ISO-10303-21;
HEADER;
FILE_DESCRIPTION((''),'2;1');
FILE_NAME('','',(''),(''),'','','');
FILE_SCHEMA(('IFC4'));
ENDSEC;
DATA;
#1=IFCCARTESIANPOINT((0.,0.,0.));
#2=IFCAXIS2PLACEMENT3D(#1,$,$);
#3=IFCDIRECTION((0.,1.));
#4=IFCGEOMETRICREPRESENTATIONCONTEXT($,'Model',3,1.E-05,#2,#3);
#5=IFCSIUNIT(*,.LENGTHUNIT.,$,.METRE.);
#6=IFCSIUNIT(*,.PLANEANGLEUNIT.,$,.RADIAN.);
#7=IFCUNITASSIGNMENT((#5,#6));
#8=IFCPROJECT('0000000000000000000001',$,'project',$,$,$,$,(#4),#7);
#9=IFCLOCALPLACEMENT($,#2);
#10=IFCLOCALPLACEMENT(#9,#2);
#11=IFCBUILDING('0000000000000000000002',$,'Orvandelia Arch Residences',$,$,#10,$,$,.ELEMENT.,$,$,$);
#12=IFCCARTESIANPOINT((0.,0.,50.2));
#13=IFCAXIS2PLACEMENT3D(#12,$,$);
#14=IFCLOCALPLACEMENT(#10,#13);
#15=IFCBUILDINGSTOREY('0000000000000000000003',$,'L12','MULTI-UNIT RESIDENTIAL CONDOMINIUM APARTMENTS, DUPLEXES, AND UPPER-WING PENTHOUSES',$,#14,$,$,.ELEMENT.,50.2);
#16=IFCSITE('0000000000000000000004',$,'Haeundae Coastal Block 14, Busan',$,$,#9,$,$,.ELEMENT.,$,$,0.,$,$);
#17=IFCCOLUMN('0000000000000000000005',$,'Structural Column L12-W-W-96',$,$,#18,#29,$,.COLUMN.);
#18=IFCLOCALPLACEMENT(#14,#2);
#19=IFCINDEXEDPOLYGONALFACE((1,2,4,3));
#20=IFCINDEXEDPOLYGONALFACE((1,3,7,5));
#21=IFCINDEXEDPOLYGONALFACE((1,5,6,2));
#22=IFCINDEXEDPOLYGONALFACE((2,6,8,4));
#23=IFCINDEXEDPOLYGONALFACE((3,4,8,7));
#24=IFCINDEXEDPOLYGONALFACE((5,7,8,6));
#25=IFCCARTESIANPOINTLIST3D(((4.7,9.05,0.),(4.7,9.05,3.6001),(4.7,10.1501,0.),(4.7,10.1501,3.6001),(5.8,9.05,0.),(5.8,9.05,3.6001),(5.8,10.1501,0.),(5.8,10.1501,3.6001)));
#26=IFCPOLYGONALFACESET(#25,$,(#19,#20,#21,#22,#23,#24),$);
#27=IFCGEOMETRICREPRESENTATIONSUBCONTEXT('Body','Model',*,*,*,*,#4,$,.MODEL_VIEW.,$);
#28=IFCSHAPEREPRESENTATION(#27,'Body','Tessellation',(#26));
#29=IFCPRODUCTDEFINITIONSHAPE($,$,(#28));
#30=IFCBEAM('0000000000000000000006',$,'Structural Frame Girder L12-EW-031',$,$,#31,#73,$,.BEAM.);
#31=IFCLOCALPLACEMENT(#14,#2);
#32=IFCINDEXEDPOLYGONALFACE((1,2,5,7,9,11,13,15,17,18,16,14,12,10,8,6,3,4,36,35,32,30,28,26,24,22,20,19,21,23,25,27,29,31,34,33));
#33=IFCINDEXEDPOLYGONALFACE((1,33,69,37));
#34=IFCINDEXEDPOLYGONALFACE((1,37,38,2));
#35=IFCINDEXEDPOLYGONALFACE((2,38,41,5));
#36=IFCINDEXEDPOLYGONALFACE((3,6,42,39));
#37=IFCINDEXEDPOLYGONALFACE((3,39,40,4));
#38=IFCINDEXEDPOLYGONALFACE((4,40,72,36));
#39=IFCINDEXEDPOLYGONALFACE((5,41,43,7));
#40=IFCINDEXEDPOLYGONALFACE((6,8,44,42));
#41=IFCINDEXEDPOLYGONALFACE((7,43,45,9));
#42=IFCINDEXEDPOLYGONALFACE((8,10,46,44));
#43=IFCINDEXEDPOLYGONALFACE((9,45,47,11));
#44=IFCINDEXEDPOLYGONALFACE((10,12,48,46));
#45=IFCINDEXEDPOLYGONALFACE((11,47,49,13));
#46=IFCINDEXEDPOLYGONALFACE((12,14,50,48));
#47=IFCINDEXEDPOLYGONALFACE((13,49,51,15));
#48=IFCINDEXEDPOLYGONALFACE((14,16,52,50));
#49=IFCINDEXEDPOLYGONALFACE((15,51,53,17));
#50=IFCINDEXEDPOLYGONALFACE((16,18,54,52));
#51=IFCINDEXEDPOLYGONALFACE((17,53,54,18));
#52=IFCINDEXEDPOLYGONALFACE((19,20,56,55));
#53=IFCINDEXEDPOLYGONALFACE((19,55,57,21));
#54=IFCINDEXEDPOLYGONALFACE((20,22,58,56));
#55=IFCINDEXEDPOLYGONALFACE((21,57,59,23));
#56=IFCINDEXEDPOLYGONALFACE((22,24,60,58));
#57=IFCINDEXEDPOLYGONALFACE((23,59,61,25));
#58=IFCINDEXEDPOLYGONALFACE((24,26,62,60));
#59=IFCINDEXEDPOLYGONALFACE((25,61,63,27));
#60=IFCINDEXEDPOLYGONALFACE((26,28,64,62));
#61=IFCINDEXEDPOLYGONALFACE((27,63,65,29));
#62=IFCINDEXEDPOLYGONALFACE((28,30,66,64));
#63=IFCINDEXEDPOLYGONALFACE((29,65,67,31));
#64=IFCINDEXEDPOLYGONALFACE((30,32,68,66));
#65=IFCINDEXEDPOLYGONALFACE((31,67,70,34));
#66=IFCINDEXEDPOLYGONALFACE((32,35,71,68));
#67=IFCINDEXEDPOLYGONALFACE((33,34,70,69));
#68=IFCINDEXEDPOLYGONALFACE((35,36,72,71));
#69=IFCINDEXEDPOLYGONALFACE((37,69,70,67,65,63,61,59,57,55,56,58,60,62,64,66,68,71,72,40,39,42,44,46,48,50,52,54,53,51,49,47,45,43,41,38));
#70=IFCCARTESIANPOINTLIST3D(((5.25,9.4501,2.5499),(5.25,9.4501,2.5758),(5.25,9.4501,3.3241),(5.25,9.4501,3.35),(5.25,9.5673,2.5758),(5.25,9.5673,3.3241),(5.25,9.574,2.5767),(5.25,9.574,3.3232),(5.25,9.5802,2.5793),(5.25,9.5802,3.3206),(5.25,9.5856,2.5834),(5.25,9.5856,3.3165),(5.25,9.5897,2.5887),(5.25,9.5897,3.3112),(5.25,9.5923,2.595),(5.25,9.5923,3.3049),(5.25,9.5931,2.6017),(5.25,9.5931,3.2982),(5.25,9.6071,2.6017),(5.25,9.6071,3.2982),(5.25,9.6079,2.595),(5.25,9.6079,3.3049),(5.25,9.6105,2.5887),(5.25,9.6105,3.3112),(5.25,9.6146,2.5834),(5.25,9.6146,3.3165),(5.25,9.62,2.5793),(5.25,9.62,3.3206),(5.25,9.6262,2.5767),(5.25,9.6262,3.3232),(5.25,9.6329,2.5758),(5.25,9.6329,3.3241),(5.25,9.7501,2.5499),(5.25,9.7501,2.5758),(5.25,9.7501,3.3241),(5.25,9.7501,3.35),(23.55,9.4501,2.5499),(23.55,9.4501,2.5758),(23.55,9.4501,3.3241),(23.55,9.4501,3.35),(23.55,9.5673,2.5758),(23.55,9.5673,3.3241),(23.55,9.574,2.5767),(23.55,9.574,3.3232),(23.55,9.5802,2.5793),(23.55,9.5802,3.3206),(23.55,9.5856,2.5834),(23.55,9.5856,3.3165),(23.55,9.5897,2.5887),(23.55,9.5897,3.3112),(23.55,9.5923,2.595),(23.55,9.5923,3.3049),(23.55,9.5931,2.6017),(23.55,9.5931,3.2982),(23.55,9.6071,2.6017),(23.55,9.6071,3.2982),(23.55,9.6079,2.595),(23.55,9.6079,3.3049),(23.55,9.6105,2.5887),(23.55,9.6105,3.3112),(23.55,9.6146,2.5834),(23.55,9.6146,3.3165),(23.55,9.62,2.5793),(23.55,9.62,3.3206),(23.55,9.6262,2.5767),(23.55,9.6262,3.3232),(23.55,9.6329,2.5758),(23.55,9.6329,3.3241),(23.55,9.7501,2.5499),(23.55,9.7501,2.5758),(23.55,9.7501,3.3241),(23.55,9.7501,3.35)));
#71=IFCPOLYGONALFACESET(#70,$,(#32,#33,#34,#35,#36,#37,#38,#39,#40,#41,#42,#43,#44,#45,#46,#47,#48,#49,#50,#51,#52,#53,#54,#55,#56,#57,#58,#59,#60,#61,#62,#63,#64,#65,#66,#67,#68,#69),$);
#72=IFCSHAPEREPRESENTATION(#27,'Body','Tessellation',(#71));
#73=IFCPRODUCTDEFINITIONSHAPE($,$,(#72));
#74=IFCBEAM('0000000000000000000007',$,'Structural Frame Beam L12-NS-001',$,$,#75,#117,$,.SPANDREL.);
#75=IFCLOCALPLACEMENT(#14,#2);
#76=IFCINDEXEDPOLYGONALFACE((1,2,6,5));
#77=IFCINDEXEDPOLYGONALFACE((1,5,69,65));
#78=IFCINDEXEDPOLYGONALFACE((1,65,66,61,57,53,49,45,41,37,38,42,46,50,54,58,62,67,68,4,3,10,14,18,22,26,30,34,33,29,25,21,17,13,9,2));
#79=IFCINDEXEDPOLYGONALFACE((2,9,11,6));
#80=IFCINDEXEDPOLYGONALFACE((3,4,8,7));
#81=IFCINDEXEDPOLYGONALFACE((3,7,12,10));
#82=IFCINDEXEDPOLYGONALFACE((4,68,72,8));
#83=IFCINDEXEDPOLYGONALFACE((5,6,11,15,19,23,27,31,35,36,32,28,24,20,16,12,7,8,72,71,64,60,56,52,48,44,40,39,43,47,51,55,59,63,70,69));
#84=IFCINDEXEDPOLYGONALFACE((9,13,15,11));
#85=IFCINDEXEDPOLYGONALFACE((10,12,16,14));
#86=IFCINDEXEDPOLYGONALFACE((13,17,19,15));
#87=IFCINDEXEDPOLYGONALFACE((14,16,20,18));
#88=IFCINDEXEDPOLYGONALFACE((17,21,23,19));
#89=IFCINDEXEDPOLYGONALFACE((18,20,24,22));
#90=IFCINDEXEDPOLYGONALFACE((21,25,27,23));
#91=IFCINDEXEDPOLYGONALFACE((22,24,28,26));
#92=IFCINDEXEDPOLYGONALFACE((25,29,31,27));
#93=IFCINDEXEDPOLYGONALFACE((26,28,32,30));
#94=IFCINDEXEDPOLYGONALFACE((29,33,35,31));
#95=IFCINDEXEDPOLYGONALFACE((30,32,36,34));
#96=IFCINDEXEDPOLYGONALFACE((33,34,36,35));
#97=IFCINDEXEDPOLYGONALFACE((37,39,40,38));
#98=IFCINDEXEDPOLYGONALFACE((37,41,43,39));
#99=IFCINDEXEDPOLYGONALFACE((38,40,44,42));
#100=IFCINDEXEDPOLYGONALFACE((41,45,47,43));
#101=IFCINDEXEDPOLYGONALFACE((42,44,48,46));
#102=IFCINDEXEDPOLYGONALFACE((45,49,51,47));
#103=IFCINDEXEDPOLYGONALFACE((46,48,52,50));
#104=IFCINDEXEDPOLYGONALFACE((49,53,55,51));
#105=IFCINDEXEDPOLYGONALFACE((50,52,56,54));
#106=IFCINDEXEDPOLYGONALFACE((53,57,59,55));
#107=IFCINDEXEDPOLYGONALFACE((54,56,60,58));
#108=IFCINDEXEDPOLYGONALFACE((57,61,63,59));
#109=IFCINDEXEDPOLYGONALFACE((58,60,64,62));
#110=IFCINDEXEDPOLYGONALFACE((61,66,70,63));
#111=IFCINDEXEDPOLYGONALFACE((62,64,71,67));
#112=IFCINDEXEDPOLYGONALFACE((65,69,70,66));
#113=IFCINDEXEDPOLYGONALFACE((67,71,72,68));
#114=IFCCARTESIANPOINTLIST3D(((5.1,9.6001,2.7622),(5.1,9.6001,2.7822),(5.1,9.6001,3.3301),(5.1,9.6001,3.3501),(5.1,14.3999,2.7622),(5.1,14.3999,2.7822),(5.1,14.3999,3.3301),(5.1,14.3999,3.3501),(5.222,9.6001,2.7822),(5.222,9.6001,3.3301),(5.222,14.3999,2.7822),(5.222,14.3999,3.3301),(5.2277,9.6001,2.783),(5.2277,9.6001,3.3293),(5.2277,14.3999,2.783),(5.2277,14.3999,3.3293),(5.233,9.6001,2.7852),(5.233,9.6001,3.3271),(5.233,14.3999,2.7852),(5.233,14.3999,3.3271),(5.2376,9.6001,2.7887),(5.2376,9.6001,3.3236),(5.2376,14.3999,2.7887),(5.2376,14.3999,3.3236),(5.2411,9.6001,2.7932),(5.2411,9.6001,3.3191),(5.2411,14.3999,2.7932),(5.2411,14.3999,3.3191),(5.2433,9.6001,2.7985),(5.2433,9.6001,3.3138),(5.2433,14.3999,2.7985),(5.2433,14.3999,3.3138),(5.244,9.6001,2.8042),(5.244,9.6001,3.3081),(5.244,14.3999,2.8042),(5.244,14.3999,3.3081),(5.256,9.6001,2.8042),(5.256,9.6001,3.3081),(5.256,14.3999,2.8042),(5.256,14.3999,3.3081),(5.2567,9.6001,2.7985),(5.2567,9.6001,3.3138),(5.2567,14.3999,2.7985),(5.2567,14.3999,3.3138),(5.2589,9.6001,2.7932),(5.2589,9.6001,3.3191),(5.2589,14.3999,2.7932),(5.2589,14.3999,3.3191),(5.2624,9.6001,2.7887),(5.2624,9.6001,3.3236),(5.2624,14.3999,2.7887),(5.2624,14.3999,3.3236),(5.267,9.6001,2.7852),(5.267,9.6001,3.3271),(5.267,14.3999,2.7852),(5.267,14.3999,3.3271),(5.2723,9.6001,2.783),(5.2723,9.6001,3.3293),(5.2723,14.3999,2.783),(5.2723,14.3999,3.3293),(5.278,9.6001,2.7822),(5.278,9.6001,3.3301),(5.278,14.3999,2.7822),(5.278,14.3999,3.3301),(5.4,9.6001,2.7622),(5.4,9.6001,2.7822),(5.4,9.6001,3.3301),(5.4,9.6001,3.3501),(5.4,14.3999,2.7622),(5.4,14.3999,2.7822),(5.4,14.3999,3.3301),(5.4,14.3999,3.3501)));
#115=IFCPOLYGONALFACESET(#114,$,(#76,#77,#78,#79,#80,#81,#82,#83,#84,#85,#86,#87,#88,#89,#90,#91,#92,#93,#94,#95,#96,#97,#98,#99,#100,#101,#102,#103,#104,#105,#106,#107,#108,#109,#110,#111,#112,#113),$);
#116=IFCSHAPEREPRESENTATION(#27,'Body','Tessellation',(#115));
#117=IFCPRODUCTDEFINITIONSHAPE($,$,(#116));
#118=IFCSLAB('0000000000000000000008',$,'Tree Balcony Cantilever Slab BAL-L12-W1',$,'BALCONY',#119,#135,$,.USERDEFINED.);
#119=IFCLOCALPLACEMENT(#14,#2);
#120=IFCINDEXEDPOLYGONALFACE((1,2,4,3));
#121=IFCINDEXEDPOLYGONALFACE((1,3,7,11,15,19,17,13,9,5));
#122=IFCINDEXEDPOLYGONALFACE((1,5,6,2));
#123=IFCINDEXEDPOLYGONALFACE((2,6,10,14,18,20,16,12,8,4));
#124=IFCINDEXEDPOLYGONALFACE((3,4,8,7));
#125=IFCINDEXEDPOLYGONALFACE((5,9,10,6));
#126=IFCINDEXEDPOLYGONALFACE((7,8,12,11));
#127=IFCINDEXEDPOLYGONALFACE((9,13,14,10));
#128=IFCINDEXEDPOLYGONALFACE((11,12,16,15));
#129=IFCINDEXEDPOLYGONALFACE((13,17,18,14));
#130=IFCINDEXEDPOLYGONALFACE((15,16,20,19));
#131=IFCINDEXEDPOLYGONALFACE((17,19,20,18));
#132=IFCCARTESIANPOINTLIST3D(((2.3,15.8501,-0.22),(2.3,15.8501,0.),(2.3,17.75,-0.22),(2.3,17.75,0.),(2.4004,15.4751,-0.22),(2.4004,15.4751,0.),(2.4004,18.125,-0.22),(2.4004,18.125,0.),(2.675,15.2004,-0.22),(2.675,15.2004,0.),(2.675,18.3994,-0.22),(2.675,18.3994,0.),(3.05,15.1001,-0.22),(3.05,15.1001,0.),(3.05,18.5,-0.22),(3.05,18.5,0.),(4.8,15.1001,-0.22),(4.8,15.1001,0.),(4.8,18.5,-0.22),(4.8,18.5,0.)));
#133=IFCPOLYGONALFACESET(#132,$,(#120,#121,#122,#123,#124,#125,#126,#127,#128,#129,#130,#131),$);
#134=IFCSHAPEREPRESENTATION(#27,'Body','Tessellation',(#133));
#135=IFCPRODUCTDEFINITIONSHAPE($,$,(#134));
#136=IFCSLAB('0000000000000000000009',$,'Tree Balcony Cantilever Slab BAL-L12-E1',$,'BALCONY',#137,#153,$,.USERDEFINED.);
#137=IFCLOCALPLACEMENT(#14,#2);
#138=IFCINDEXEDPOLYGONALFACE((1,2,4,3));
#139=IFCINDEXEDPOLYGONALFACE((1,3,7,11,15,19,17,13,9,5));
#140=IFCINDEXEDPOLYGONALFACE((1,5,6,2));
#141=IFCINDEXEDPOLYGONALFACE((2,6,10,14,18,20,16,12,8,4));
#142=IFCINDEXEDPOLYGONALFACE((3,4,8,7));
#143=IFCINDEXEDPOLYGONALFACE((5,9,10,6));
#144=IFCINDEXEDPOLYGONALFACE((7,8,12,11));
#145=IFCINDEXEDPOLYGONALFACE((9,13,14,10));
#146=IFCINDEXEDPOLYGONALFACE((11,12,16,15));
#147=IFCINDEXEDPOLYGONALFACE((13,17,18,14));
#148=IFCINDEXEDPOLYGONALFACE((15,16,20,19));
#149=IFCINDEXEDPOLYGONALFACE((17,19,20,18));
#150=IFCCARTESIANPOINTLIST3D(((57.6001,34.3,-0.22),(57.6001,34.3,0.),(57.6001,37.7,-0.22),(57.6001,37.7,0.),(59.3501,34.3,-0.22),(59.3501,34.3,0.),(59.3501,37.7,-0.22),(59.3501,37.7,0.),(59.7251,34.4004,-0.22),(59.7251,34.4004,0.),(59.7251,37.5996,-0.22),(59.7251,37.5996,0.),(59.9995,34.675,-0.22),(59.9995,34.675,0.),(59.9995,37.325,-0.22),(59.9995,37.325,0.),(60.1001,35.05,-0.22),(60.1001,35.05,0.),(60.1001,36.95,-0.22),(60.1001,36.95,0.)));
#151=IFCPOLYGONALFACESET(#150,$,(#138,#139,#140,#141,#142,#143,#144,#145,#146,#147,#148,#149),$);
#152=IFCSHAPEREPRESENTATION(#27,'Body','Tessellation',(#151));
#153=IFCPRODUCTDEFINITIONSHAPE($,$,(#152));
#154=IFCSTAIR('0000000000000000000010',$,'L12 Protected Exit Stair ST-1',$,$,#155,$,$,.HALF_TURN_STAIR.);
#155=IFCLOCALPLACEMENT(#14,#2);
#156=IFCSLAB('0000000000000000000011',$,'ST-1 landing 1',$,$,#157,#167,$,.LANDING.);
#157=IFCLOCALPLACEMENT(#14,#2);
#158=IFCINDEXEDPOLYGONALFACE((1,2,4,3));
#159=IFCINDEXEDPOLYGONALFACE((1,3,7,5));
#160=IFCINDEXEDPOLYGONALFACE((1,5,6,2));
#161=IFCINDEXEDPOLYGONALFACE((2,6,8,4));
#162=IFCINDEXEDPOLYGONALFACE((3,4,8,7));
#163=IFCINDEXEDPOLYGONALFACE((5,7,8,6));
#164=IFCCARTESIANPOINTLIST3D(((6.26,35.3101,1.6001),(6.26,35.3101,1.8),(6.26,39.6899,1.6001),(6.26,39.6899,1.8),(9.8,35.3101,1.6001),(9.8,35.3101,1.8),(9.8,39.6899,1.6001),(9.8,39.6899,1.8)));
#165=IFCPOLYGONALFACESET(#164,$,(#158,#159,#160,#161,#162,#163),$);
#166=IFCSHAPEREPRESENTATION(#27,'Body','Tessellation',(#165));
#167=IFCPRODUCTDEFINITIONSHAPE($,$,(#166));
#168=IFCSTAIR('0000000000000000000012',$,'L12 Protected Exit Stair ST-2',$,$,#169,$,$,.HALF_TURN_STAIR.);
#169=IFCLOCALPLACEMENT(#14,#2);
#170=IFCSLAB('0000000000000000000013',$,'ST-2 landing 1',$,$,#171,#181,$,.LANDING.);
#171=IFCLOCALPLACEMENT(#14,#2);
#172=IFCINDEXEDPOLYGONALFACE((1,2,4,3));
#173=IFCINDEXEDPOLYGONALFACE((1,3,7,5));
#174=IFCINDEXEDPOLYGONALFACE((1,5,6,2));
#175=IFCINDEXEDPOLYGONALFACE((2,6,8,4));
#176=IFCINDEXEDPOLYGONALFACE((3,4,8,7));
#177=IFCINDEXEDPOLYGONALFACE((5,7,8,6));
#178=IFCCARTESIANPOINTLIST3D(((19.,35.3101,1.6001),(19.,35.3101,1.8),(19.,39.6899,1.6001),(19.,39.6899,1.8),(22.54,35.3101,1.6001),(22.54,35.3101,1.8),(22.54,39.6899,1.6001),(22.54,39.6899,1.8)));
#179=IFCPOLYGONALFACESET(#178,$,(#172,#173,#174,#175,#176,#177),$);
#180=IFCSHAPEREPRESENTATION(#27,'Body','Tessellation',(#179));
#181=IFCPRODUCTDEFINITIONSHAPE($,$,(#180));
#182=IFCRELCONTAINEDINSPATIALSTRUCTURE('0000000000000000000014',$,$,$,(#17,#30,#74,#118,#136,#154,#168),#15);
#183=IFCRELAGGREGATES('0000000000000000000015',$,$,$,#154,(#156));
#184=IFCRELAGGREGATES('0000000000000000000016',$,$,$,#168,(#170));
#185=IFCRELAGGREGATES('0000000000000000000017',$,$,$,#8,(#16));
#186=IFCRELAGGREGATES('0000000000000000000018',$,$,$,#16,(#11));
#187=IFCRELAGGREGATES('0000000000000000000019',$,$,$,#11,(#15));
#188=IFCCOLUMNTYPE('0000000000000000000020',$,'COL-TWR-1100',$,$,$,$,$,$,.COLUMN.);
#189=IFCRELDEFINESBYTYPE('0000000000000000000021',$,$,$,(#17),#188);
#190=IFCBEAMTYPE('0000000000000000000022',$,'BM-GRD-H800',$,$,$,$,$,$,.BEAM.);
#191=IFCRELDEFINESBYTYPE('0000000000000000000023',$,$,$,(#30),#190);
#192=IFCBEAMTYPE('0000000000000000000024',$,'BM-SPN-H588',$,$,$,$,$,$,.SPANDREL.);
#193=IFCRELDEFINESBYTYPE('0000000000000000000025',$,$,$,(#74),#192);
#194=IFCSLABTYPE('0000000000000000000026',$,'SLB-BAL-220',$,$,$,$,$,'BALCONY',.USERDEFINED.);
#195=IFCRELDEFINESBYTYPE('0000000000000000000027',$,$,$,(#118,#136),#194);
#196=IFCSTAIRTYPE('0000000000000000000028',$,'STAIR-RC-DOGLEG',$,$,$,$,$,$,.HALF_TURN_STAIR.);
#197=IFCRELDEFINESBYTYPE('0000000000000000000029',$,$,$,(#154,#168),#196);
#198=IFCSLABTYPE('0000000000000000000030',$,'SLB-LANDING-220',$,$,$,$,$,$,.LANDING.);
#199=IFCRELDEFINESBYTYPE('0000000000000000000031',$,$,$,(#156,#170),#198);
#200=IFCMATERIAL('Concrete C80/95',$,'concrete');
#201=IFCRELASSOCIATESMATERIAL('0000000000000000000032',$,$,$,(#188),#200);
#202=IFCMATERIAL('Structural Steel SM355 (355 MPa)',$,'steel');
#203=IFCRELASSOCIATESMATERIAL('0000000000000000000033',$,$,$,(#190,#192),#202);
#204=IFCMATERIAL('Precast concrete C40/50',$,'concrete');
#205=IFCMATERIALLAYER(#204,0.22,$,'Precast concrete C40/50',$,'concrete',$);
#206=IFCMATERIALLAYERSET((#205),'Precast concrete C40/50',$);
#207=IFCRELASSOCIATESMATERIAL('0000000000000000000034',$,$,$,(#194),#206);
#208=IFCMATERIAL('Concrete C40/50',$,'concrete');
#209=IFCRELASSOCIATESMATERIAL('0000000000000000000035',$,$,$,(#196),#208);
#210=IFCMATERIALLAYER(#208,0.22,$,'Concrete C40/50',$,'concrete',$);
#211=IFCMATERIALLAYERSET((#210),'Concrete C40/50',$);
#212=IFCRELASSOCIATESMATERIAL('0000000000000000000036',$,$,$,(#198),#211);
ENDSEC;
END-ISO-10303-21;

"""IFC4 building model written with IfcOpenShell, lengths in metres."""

from ifc_helpers import new_model, si_unit, direction, frame, origin, origin_2d, place, context, subcontext, project, spatial, polyline, rectangle, i_section, outline, extrude, material, layer, layer_set, material_profile, profile_set, type_object, element, aggregate, save


model = new_model("IFC4")

# Units and contexts
model_context = context("Model", 3, precision=1e-05, world=origin(), true_north=direction((0.0, 1.0)))
body_context = subcontext(model_context, "Body", "Model", "MODEL_VIEW")
ifc_project = project(units=[si_unit("LENGTHUNIT", "METRE"), si_unit("PLANEANGLEUNIT", "RADIAN")], contexts=[model_context])

# Site, building, storey
site_placement = place(None, origin())
site = spatial("IfcSite", under=ifc_project, at=site_placement, Name="Haeundae Coastal Block 14, Busan", CompositionType="ELEMENT", RefElevation=0.0)
building_placement = place(site_placement, origin())
building = spatial("IfcBuilding", under=site, at=building_placement, Name="Orvandelia Arch Residences", CompositionType="ELEMENT")
storey_placement = place(building_placement, frame((0.0, 0.0, 50.2)))
storey = spatial("IfcBuildingStorey", under=building, at=storey_placement, Name="L12", Description="MULTI-UNIT RESIDENTIAL CONDOMINIUM APARTMENTS, DUPLEXES, AND UPPER-WING PENTHOUSES", CompositionType="ELEMENT", Elevation=50.2)

# Column
ifc_material_1 = material(Name="Concrete C80/95", Category="concrete")
ifc_material_profile_1 = material_profile(ifc_material_1, rectangle(XDim=1.1001, YDim=1.1001, at=origin_2d()), Name="Concrete C80/95", Category="concrete")
ifc_profile_set_1 = profile_set([ifc_material_profile_1], Name="Concrete C80/95")
column_type = type_object("IfcColumnType", Name="COL-TWR-1100", PredefinedType="COLUMN", material=ifc_profile_set_1)
column_placement = place(storey_placement, frame((5.25, 9.6001, 0.0), z_axis=(0.0, 0.0, 1.0), x_axis=(1.0, 0.0, 0.0)))
element("IfcColumn", 1, at=column_placement, inside=storey, type_object=column_type, Name="Structural Column L12-W-W-96", PredefinedType="COLUMN", context=body_context, shape_type="SweptSolid", body=[
    extrude(rectangle(XDim=1.1001, YDim=1.1001, at=origin_2d()), origin(), (0.0, 0.0, 1.0), 3.6001),
])

# Beams
ifc_material_2 = material(Name="Structural Steel SM355 (355 MPa)", Category="steel")
ifc_material_profile_2 = material_profile(ifc_material_2, i_section(OverallWidth=0.3, OverallDepth=0.8, WebThickness=0.0139, FlangeThickness=0.0259, FilletRadius=0.0259, at=origin_2d()), Name="Structural Steel SM355 (355 MPa)", Category="steel")
ifc_profile_set_2 = profile_set([ifc_material_profile_2], Name="Structural Steel SM355 (355 MPa)")
beam_type_1 = type_object("IfcBeamType", Name="BM-GRD-H800", PredefinedType="BEAM", material=ifc_profile_set_2)
beam_1_placement = place(storey_placement, frame((5.25, 9.6001, 2.95), z_axis=(1.0, 0.0, 0.0), x_axis=(0.0, 1.0, 0.0)))
element("IfcBeam", 2, at=beam_1_placement, inside=storey, type_object=beam_type_1, Name="Structural Frame Girder L12-EW-031", PredefinedType="BEAM", context=body_context, shape_type="SweptSolid", body=[
    extrude(i_section(OverallWidth=0.3, OverallDepth=0.8, WebThickness=0.0139, FlangeThickness=0.0259, FilletRadius=0.0259, at=origin_2d()), origin(), (0.0, 0.0, 1.0), 18.3),
])
ifc_material_profile_3 = material_profile(ifc_material_2, i_section(OverallWidth=0.3, OverallDepth=0.5879, WebThickness=0.012, FlangeThickness=0.02, FilletRadius=0.022, at=origin_2d()), Name="Structural Steel SM355 (355 MPa)", Category="steel")
ifc_profile_set_3 = profile_set([ifc_material_profile_3], Name="Structural Steel SM355 (355 MPa)")
beam_type_2 = type_object("IfcBeamType", Name="BM-SPN-H588", PredefinedType="SPANDREL", material=ifc_profile_set_3)
beam_2_placement = place(storey_placement, frame((5.25, 9.6001, 3.0562), z_axis=(0.0, 1.0, 0.0), x_axis=(-1.0, 0.0, 0.0)))
element("IfcBeam", 3, at=beam_2_placement, inside=storey, type_object=beam_type_2, Name="Structural Frame Beam L12-NS-001", PredefinedType="SPANDREL", context=body_context, shape_type="SweptSolid", body=[
    extrude(i_section(OverallWidth=0.3, OverallDepth=0.5879, WebThickness=0.012, FlangeThickness=0.02, FilletRadius=0.022, at=origin_2d()), origin(), (0.0, 0.0, 1.0), 4.7998),
])

# Slabs
ifc_material_3 = material(Name="Precast concrete C40/50", Category="concrete")
ifc_layer_1 = layer(ifc_material_3, 0.22, Name="Precast concrete C40/50", Category="concrete")
ifc_layer_set_1 = layer_set([ifc_layer_1], Name="Precast concrete C40/50")
slab_type_1 = type_object("IfcSlabType", Name="SLB-BAL-220", ElementType="BALCONY", PredefinedType="USERDEFINED", material=ifc_layer_set_1)
slab_1_placement = place(storey_placement, frame((0.0, 0.0, -0.22)))
element("IfcSlab", 4, at=slab_1_placement, inside=storey, type_object=slab_type_1, Name="Tree Balcony Cantilever Slab BAL-L12-W1", ObjectType="BALCONY", PredefinedType="USERDEFINED", context=body_context, shape_type="SweptSolid", body=[
    extrude(outline(polyline([(4.8, 15.1001), (4.8, 18.5), (3.05, 18.5), (2.675, 18.3994), (2.4004, 18.125), (2.3, 17.75), (2.3, 15.8501), (2.4004, 15.4751), (2.675, 15.2004), (3.05, 15.1001), (4.8, 15.1001)])), origin(), (0.0, 0.0, 1.0), 0.22),
])
slab_2_placement = place(storey_placement, frame((0.0, 0.0, -0.22)))
element("IfcSlab", 5, at=slab_2_placement, inside=storey, type_object=slab_type_1, Name="Tree Balcony Cantilever Slab BAL-L12-E1", ObjectType="BALCONY", PredefinedType="USERDEFINED", context=body_context, shape_type="SweptSolid", body=[
    extrude(outline(polyline([(57.6001, 37.7), (57.6001, 34.3), (59.3501, 34.3), (59.7251, 34.4004), (59.9995, 34.675), (60.1001, 35.05), (60.1001, 36.95), (59.9995, 37.325), (59.7251, 37.5996), (59.3501, 37.7), (57.6001, 37.7)])), origin(), (0.0, 0.0, 1.0), 0.22),
])

# Stairs, slabs
ifc_material_4 = material(Name="Concrete C40/50", Category="concrete")
stair_type = type_object("IfcStairType", Name="STAIR-RC-DOGLEG", PredefinedType="HALF_TURN_STAIR", material=ifc_material_4)
stair_1_placement = place(storey_placement, origin())
stair_1 = element("IfcStair", 6, at=stair_1_placement, inside=storey, type_object=stair_type, Name="L12 Protected Exit Stair ST-1", PredefinedType="HALF_TURN_STAIR")
ifc_layer_2 = layer(ifc_material_4, 0.22, Name="Concrete C40/50", Category="concrete")
ifc_layer_set_2 = layer_set([ifc_layer_2], Name="Concrete C40/50")
slab_type_2 = type_object("IfcSlabType", Name="SLB-LANDING-220", PredefinedType="LANDING", material=ifc_layer_set_2)
slab_3_placement = place(storey_placement, frame((0.0, 0.0, 1.6001)))
slab_3 = element("IfcSlab", 7, at=slab_3_placement, type_object=slab_type_2, Name="ST-1 landing 1", PredefinedType="LANDING", context=body_context, shape_type="SweptSolid", body=[
    extrude(outline(polyline([(9.8, 35.3101), (9.8, 39.6899), (6.26, 39.6899), (6.26, 35.3101), (9.8, 35.3101)])), origin(), (0.0, 0.0, 1.0), 0.2),
])
aggregate(stair_1, [slab_3])
stair_2_placement = place(storey_placement, origin())
stair_2 = element("IfcStair", 8, at=stair_2_placement, inside=storey, type_object=stair_type, Name="L12 Protected Exit Stair ST-2", PredefinedType="HALF_TURN_STAIR")
slab_4_placement = place(storey_placement, frame((0.0, 0.0, 1.6001)))
slab_4 = element("IfcSlab", 9, at=slab_4_placement, type_object=slab_type_2, Name="ST-2 landing 1", PredefinedType="LANDING", context=body_context, shape_type="SweptSolid", body=[
    extrude(outline(polyline([(22.54, 35.3101), (22.54, 39.6899), (19.0, 39.6899), (19.0, 35.3101), (22.54, 35.3101)])), origin(), (0.0, 0.0, 1.0), 0.2),
])
aggregate(stair_2, [slab_4])

save(model, "model.ifc")
